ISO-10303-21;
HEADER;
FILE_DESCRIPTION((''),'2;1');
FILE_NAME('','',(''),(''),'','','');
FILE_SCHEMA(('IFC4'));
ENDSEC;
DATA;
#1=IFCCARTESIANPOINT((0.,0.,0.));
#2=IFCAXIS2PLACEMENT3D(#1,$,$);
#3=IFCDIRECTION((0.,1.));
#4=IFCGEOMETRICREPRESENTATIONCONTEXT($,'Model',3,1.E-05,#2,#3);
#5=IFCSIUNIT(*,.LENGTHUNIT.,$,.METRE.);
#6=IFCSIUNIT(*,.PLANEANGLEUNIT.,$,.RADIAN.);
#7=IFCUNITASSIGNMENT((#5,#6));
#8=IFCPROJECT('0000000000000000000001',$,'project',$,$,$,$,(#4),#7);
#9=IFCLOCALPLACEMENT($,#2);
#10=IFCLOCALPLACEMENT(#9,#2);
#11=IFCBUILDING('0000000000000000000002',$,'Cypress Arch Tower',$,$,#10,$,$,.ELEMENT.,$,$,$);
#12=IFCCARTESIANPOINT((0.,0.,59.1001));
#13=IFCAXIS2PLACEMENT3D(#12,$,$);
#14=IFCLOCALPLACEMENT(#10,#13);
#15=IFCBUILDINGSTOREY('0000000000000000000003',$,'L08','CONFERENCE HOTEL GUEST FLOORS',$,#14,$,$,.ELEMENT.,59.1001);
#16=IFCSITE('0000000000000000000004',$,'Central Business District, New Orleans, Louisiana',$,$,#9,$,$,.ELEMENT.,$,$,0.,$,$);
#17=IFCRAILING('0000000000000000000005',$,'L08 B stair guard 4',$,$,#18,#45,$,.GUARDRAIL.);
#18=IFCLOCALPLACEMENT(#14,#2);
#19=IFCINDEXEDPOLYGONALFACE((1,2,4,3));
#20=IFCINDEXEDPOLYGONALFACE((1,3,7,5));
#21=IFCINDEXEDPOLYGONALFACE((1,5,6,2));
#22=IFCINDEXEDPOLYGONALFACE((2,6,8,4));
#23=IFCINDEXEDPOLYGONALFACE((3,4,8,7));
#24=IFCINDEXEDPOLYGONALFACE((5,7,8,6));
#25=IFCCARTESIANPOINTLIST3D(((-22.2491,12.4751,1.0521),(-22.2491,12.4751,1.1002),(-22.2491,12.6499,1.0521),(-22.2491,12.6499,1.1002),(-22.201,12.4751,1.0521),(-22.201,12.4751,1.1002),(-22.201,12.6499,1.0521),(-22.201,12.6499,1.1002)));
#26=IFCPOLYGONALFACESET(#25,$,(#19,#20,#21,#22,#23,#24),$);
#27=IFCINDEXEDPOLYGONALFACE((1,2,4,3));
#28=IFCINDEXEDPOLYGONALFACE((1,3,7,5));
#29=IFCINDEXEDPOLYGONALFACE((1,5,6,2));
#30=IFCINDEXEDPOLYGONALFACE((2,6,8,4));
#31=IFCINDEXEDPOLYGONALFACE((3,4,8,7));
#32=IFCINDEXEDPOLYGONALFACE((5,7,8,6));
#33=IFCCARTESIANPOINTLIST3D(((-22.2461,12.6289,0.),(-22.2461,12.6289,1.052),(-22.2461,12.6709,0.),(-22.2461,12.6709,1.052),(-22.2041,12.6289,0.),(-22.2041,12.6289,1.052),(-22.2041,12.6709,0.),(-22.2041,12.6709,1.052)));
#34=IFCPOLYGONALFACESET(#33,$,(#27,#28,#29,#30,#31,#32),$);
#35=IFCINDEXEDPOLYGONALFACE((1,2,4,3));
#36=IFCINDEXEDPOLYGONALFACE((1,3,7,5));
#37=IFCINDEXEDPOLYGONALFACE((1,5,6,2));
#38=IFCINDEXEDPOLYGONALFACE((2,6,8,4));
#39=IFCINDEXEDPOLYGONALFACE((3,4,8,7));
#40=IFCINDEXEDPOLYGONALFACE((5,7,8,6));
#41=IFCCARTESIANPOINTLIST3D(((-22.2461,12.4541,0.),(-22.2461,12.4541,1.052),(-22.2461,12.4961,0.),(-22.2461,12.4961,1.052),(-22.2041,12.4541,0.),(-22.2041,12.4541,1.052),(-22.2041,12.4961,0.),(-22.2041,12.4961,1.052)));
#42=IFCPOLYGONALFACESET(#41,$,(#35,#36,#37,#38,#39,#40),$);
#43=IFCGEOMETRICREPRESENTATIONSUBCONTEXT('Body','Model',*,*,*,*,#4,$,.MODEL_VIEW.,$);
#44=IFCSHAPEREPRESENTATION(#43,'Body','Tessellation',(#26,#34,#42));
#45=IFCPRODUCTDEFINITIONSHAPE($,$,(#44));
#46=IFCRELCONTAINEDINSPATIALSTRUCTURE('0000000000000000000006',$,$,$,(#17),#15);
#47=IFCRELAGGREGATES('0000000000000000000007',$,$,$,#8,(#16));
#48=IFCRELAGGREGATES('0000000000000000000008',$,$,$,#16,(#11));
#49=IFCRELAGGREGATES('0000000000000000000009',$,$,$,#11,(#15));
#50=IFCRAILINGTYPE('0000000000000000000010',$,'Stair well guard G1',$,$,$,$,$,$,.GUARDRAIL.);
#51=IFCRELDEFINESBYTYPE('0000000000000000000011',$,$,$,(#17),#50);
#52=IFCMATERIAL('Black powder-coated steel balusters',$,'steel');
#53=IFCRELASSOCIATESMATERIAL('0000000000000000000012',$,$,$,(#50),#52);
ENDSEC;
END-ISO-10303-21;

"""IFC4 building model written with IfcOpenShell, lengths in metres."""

from ifc_helpers import new_model, si_unit, direction, frame, origin, origin_2d, place, context, subcontext, project, spatial, rectangle, extrude, material, type_object, element, save


model = new_model("IFC4")

# Units and contexts
model_context = context("Model", 3, precision=1e-05, world=origin(), true_north=direction((0.0, 1.0)))
body_context = subcontext(model_context, "Body", "Model", "MODEL_VIEW")
ifc_project = project(units=[si_unit("LENGTHUNIT", "METRE"), si_unit("PLANEANGLEUNIT", "RADIAN")], contexts=[model_context])

# Site, building, storey
site_placement = place(None, origin())
site = spatial("IfcSite", under=ifc_project, at=site_placement, Name="Central Business District, New Orleans, Louisiana", CompositionType="ELEMENT", RefElevation=0.0)
building_placement = place(site_placement, origin())
building = spatial("IfcBuilding", under=site, at=building_placement, Name="Cypress Arch Tower", CompositionType="ELEMENT")
storey_placement = place(building_placement, frame((0.0, 0.0, 59.1001)))
storey = spatial("IfcBuildingStorey", under=building, at=storey_placement, Name="L08", Description="CONFERENCE HOTEL GUEST FLOORS", CompositionType="ELEMENT", Elevation=59.1001)

# Railing
ifc_material_1 = material(Name="Black powder-coated steel balusters", Category="steel")
railing_type_1 = type_object("IfcRailingType", Name="Stair well guard G1", PredefinedType="GUARDRAIL", material=ifc_material_1)
railing_1_placement = place(storey_placement, frame((-22.2251, 12.6499, 0.0)))
element("IfcRailing", 1, at=railing_1_placement, inside=storey, type_object=railing_type_1, Name="L08 B stair guard 4", PredefinedType="GUARDRAIL", context=body_context, shape_type="SweptSolid", body=[
    extrude(rectangle(XDim=0.0481, YDim=0.0481, at=origin_2d()), frame((0.0, 0.0, 1.0762), z_axis=(0.0, -1.0, 0.0), x_axis=(1.0, 0.0, 0.0)), (0.0, 0.0, 1.0), 0.1748),
    extrude(rectangle(XDim=0.042, YDim=0.042, at=origin_2d()), origin(), (0.0, 0.0, 1.0), 1.052),
    extrude(rectangle(XDim=0.042, YDim=0.042, at=origin_2d()), frame((0.0, -0.1748, 0.0)), (0.0, 0.0, 1.0), 1.052),
])

save(model, "model.ifc")
